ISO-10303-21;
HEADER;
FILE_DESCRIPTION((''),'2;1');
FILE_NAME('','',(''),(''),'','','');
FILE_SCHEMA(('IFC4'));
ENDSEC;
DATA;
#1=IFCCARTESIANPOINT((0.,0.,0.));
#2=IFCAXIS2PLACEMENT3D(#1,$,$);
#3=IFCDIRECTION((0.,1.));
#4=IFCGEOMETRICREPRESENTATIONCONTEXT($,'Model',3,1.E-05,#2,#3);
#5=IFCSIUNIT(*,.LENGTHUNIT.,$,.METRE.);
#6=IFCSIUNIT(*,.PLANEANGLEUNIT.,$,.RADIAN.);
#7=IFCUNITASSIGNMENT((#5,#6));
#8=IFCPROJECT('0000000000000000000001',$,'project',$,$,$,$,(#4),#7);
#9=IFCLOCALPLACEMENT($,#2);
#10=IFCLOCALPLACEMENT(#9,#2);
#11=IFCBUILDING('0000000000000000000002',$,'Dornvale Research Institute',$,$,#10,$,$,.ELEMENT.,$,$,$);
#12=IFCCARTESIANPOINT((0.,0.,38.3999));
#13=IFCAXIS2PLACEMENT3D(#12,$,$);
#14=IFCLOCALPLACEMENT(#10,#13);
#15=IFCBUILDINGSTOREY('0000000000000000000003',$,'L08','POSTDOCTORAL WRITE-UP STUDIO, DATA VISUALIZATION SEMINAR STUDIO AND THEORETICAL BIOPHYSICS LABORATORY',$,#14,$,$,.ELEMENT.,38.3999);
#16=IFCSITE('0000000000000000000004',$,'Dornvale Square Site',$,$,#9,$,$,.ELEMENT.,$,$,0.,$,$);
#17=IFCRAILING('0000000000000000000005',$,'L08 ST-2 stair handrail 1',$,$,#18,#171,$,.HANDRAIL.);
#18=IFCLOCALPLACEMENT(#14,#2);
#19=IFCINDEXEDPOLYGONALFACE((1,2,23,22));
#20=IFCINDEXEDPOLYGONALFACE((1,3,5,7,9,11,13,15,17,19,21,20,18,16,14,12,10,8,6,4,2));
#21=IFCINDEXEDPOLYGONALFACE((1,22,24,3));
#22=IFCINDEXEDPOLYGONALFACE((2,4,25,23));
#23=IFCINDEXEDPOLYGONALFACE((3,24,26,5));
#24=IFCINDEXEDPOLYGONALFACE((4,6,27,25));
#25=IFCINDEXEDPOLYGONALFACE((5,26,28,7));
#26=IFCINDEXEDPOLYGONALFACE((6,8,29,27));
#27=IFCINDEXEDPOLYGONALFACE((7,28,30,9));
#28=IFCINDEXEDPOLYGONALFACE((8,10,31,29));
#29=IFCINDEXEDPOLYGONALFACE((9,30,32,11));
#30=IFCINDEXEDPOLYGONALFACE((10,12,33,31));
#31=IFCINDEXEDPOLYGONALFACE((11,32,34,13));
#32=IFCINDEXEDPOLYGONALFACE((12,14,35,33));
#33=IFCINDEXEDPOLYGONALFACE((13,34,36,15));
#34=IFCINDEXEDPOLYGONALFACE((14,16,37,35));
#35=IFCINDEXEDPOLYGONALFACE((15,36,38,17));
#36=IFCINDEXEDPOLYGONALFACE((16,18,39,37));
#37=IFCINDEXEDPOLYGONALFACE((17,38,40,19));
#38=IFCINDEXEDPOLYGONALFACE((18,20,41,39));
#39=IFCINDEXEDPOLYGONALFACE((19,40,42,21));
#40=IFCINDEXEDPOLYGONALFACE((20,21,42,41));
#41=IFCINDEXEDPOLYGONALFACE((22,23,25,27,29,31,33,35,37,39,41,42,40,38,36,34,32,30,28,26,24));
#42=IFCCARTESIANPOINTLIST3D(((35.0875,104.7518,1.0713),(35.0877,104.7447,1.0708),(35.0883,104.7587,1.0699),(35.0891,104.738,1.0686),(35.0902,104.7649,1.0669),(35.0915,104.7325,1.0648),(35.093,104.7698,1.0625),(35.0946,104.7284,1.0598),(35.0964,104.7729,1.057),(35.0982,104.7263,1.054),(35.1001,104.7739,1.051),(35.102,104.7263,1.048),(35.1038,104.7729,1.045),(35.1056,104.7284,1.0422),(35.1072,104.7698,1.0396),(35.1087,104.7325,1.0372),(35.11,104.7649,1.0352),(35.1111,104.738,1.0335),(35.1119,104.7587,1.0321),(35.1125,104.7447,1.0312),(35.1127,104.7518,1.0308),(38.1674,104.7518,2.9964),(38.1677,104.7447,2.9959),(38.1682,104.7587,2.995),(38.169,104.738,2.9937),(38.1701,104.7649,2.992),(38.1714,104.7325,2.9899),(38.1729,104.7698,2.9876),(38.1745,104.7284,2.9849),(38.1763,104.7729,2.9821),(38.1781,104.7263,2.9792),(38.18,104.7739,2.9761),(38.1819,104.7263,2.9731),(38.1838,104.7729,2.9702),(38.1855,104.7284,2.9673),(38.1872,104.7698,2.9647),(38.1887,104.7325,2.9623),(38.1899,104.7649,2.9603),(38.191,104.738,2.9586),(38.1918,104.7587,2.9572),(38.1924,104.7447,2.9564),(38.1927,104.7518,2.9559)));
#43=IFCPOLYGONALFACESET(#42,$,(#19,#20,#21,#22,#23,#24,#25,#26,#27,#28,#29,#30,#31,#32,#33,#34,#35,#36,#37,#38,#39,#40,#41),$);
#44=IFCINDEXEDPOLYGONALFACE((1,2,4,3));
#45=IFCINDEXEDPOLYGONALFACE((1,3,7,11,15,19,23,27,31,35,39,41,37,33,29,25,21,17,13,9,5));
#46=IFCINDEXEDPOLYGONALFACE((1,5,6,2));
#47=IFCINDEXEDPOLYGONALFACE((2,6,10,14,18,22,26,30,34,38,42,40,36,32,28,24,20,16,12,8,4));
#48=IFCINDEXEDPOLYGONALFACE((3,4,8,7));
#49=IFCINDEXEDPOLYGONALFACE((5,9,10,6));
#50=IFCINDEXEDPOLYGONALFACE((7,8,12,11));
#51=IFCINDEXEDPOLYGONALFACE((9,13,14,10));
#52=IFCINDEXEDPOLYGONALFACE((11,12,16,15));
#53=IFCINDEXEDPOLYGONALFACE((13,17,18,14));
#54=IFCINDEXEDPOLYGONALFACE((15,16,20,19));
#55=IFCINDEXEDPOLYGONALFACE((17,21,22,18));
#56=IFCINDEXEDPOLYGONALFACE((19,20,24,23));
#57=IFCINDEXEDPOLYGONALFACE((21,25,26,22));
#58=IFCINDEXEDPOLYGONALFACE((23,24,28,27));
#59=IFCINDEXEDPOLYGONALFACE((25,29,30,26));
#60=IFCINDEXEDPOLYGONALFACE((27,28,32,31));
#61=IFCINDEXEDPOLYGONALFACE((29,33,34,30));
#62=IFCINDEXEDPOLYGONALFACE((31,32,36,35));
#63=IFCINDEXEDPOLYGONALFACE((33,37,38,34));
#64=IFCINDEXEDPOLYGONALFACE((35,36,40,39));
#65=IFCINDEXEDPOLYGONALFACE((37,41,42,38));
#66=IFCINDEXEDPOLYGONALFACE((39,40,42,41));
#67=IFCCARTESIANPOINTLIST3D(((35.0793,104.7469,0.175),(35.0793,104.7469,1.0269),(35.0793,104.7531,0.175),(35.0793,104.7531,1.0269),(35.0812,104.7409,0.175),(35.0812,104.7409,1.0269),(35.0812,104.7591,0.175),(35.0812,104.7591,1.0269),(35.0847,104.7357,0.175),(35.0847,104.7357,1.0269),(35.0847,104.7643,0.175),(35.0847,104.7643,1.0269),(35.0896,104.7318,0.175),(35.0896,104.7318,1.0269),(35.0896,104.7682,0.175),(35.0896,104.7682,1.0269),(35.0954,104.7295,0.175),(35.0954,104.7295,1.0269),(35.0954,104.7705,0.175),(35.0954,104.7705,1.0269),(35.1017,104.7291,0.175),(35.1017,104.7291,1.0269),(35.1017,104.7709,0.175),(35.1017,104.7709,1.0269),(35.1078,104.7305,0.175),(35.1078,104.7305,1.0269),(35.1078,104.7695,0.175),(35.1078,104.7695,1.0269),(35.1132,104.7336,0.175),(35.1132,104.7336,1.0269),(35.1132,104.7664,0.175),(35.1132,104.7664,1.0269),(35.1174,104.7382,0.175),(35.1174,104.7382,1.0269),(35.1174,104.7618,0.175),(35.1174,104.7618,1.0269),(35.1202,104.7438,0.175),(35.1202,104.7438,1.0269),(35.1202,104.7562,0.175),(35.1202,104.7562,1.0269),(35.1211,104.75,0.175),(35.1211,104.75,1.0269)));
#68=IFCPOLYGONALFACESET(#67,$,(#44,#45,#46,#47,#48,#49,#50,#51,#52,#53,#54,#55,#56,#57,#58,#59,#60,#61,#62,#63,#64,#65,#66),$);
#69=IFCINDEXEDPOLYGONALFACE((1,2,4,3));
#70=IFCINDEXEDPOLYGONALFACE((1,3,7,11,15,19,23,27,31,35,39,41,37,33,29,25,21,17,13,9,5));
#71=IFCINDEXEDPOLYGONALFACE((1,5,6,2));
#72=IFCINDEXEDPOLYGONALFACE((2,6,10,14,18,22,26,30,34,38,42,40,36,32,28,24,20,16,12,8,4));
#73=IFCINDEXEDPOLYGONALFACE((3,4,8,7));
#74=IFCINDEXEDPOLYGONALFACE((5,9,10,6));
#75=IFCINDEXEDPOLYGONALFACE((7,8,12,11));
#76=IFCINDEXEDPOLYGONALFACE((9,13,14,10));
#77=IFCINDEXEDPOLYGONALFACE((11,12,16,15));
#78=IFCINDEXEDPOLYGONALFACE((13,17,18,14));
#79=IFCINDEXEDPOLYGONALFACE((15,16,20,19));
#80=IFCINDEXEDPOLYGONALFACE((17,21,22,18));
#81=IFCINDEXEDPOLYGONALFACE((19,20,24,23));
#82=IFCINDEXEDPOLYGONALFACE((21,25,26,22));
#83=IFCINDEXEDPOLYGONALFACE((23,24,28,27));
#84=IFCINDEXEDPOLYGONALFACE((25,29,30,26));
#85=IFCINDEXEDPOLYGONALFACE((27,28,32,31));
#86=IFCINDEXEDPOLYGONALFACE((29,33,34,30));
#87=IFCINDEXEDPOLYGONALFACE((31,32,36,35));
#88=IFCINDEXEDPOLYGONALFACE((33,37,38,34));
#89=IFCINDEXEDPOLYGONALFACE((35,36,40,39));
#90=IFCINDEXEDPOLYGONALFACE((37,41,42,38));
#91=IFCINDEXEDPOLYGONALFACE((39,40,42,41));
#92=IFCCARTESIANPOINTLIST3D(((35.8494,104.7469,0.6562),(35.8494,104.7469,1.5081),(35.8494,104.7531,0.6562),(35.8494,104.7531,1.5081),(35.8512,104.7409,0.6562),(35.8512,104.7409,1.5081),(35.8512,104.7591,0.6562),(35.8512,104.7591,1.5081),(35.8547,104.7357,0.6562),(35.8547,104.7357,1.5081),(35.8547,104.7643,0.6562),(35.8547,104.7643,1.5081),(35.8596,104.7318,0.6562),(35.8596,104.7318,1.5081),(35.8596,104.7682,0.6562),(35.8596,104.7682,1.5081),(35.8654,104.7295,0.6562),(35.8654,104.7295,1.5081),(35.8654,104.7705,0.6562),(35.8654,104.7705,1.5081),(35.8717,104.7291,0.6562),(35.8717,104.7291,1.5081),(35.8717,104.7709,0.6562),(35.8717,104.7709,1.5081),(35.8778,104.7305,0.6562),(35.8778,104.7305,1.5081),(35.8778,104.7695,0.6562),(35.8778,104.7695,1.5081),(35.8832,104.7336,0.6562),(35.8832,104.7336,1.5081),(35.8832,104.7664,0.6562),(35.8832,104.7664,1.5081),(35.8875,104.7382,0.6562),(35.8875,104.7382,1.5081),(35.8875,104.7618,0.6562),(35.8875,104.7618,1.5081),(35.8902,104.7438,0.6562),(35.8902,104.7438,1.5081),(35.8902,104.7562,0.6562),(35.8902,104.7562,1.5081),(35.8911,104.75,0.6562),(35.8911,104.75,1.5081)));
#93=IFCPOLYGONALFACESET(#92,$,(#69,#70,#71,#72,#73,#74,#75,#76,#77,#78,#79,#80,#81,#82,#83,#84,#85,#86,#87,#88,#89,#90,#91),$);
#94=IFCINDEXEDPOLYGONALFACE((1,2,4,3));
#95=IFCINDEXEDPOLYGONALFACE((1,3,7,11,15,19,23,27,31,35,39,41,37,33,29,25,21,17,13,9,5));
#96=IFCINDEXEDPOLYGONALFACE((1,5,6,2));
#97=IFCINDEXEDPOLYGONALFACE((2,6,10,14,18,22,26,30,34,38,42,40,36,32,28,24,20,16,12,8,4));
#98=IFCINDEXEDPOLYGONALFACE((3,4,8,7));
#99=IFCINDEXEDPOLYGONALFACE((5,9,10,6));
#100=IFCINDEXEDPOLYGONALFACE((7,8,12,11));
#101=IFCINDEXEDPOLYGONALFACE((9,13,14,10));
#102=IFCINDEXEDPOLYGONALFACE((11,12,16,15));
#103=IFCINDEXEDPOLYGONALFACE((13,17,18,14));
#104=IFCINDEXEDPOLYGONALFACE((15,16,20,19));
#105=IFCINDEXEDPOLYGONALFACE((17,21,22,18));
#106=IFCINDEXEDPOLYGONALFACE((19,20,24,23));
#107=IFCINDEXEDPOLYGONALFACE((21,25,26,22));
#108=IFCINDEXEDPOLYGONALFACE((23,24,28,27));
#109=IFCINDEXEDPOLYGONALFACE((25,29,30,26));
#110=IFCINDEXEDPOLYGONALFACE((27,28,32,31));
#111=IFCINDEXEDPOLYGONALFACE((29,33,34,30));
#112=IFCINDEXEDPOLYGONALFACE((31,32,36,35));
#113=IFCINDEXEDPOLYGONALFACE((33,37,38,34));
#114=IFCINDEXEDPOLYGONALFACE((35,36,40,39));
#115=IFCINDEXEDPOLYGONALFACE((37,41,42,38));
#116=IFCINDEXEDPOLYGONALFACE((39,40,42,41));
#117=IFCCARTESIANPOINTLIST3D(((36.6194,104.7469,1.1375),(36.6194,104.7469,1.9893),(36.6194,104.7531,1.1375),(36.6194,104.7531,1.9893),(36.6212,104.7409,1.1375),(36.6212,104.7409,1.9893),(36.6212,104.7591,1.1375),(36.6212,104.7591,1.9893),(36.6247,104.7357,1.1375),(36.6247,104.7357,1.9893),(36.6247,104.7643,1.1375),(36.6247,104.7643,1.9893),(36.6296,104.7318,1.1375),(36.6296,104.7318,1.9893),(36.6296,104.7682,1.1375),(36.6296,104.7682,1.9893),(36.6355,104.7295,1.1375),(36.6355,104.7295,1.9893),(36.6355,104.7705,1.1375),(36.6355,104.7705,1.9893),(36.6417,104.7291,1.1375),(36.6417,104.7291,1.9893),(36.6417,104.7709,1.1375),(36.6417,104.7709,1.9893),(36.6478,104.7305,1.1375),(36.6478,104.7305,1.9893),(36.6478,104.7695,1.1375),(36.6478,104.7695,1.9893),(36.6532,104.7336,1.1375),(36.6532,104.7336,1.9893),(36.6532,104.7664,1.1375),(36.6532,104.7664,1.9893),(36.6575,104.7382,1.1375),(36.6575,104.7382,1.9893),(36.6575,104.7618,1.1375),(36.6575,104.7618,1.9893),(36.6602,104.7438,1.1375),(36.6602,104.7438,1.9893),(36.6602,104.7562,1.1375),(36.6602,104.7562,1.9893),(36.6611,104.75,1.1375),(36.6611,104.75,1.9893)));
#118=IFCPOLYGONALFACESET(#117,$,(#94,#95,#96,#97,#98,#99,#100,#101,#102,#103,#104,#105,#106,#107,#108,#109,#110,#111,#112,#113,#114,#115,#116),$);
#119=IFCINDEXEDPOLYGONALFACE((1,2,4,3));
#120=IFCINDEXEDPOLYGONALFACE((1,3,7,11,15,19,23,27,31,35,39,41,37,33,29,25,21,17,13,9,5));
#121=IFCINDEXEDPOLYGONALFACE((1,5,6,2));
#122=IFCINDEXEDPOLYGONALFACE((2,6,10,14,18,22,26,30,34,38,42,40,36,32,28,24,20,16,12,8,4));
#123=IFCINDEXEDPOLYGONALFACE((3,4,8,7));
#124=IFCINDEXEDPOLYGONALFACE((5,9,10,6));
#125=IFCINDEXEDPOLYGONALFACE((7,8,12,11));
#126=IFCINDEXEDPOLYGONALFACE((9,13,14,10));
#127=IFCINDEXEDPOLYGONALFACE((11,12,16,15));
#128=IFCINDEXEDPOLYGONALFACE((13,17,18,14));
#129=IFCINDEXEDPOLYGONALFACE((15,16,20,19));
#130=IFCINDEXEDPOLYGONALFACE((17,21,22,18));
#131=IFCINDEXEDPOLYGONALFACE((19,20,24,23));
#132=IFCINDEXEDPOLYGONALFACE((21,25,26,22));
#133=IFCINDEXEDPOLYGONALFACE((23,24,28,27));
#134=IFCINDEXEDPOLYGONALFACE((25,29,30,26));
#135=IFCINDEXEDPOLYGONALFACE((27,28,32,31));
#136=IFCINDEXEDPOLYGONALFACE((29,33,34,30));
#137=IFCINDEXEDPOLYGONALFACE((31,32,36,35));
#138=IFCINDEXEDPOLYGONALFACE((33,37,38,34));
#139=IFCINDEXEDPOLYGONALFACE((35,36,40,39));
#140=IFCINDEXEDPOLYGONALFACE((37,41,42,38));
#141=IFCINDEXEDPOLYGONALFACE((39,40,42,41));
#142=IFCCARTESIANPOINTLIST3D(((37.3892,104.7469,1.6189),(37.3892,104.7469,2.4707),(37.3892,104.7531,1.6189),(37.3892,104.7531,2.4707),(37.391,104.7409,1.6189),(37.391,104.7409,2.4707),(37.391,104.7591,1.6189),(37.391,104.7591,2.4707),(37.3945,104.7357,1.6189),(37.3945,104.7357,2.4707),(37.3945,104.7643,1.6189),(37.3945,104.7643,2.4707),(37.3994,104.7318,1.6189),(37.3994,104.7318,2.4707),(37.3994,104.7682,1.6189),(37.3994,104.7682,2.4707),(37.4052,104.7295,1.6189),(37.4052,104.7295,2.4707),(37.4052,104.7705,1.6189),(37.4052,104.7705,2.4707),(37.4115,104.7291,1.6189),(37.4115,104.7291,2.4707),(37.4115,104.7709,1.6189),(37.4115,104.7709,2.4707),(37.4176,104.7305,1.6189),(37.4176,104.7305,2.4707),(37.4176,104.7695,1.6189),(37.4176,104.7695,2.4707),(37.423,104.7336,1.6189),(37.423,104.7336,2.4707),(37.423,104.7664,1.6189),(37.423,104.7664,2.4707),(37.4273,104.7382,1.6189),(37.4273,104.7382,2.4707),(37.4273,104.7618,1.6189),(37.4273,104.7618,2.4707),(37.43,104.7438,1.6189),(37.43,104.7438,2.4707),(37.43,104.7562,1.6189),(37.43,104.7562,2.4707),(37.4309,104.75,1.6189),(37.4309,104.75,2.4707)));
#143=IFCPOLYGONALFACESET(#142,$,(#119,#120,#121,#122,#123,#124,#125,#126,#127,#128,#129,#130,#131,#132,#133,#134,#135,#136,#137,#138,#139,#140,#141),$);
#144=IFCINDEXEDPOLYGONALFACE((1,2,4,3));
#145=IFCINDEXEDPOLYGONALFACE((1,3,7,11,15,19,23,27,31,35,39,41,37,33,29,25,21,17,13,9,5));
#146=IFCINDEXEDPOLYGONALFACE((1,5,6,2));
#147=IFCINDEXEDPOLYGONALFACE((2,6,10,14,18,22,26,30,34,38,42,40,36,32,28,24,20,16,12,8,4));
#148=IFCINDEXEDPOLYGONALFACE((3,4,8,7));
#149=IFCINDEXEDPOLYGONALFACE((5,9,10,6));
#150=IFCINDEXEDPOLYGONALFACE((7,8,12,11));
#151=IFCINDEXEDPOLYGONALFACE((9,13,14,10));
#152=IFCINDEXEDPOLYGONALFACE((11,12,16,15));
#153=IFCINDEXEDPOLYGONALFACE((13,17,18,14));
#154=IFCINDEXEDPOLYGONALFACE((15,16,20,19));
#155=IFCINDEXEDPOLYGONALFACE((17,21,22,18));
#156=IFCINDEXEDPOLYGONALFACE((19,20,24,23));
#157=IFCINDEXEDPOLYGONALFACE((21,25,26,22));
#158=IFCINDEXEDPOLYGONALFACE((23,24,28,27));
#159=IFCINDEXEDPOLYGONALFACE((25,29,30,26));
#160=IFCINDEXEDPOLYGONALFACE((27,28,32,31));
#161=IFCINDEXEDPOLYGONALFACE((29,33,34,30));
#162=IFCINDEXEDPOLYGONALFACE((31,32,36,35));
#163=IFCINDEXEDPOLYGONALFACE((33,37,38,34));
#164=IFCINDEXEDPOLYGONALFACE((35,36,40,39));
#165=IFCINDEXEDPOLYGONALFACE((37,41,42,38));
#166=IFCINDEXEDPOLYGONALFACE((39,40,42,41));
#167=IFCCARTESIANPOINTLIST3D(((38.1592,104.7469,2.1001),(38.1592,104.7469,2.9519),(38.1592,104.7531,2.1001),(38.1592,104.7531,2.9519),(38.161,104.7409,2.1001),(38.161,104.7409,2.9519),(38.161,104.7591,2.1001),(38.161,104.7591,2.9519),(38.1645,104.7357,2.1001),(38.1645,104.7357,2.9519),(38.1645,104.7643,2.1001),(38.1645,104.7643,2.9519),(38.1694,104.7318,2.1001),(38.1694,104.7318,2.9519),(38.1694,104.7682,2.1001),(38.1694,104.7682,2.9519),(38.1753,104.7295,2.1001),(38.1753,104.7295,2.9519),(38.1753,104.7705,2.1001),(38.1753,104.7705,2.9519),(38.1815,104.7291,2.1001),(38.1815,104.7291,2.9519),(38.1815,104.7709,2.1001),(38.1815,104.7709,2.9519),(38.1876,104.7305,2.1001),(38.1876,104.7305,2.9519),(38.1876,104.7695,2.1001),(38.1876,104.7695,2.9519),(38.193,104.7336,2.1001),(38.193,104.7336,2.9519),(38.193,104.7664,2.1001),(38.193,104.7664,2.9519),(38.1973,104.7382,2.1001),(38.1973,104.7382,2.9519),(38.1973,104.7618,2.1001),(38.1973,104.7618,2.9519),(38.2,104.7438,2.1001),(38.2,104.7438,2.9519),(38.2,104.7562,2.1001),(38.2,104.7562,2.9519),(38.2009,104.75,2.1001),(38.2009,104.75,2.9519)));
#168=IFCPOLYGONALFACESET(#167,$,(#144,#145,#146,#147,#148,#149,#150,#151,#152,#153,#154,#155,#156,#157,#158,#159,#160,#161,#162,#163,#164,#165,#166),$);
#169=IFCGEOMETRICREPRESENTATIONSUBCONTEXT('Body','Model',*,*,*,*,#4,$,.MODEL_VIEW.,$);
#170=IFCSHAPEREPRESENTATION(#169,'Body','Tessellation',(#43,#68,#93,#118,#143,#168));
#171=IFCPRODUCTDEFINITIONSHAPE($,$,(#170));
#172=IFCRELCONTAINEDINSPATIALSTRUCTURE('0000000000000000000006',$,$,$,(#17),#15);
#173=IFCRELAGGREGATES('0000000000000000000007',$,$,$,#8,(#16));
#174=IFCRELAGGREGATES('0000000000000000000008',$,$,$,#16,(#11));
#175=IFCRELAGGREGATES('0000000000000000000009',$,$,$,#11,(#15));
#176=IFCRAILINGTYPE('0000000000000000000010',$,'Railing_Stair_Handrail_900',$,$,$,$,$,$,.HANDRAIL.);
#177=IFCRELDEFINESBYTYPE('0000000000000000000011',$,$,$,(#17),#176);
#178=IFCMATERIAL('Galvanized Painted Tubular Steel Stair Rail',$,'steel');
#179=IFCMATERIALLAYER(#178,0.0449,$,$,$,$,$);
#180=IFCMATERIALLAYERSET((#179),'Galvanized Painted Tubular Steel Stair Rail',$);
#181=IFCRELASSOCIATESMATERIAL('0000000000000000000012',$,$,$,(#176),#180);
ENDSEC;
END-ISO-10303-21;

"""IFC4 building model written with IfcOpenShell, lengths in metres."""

from ifc_helpers import new_model, si_unit, direction, frame, origin, origin_2d, place, context, subcontext, project, spatial, circle, extrude, material, layer, layer_set, type_object, element, save


model = new_model("IFC4")

# Units and contexts
model_context = context("Model", 3, precision=1e-05, world=origin(), true_north=direction((0.0, 1.0)))
body_context = subcontext(model_context, "Body", "Model", "MODEL_VIEW")
ifc_project = project(units=[si_unit("LENGTHUNIT", "METRE"), si_unit("PLANEANGLEUNIT", "RADIAN")], contexts=[model_context])

# Site, building, storey
site_placement = place(None, origin())
site = spatial("IfcSite", under=ifc_project, at=site_placement, Name="Dornvale Square Site", CompositionType="ELEMENT", RefElevation=0.0)
building_placement = place(site_placement, origin())
building = spatial("IfcBuilding", under=site, at=building_placement, Name="Dornvale Research Institute", CompositionType="ELEMENT")
storey_placement = place(building_placement, frame((0.0, 0.0, 38.3999)))
storey = spatial("IfcBuildingStorey", under=building, at=storey_placement, Name="L08", Description="POSTDOCTORAL WRITE-UP STUDIO, DATA VISUALIZATION SEMINAR STUDIO AND THEORETICAL BIOPHYSICS LABORATORY", CompositionType="ELEMENT", Elevation=38.3999)

# Railing
ifc_material_1 = material(Name="Galvanized Painted Tubular Steel Stair Rail", Category="steel")
ifc_layer_1 = layer(ifc_material_1, 0.0449)
ifc_layer_set_1 = layer_set([ifc_layer_1], Name="Galvanized Painted Tubular Steel Stair Rail")
railing_type = type_object("IfcRailingType", Name="Railing_Stair_Handrail_900", PredefinedType="HANDRAIL", material=ifc_layer_set_1)
railing_placement = place(storey_placement, frame((35.1001, 104.75, 0.175)))
element("IfcRailing", 1, at=railing_placement, inside=storey, type_object=railing_type, Name="L08 ST-2 stair handrail 1", PredefinedType="HANDRAIL", context=body_context, shape_type="SweptSolid", body=[
    extrude(circle(Radius=0.0239, at=origin_2d()), frame((0.0, 0.0, 0.876), z_axis=(0.847979, 0.0, 0.530029), x_axis=(0.0, 1.0, 0.0)), (0.0, 0.0, 1.0), 3.6321),
    extrude(circle(Radius=0.021, at=origin_2d()), origin(), (0.0, 0.0, 1.0), 0.8518),
    extrude(circle(Radius=0.021, at=origin_2d()), frame((0.77, 0.0, 0.4812)), (0.0, 0.0, 1.0), 0.8518),
    extrude(circle(Radius=0.021, at=origin_2d()), frame((1.54, 0.0, 0.9624)), (0.0, 0.0, 1.0), 0.8518),
    extrude(circle(Radius=0.021, at=origin_2d()), frame((2.3098, 0.0, 1.4438)), (0.0, 0.0, 1.0), 0.8518),
    extrude(circle(Radius=0.021, at=origin_2d()), frame((3.0798, 0.0, 1.925)), (0.0, 0.0, 1.0), 0.8518),
])

save(model, "model.ifc")
